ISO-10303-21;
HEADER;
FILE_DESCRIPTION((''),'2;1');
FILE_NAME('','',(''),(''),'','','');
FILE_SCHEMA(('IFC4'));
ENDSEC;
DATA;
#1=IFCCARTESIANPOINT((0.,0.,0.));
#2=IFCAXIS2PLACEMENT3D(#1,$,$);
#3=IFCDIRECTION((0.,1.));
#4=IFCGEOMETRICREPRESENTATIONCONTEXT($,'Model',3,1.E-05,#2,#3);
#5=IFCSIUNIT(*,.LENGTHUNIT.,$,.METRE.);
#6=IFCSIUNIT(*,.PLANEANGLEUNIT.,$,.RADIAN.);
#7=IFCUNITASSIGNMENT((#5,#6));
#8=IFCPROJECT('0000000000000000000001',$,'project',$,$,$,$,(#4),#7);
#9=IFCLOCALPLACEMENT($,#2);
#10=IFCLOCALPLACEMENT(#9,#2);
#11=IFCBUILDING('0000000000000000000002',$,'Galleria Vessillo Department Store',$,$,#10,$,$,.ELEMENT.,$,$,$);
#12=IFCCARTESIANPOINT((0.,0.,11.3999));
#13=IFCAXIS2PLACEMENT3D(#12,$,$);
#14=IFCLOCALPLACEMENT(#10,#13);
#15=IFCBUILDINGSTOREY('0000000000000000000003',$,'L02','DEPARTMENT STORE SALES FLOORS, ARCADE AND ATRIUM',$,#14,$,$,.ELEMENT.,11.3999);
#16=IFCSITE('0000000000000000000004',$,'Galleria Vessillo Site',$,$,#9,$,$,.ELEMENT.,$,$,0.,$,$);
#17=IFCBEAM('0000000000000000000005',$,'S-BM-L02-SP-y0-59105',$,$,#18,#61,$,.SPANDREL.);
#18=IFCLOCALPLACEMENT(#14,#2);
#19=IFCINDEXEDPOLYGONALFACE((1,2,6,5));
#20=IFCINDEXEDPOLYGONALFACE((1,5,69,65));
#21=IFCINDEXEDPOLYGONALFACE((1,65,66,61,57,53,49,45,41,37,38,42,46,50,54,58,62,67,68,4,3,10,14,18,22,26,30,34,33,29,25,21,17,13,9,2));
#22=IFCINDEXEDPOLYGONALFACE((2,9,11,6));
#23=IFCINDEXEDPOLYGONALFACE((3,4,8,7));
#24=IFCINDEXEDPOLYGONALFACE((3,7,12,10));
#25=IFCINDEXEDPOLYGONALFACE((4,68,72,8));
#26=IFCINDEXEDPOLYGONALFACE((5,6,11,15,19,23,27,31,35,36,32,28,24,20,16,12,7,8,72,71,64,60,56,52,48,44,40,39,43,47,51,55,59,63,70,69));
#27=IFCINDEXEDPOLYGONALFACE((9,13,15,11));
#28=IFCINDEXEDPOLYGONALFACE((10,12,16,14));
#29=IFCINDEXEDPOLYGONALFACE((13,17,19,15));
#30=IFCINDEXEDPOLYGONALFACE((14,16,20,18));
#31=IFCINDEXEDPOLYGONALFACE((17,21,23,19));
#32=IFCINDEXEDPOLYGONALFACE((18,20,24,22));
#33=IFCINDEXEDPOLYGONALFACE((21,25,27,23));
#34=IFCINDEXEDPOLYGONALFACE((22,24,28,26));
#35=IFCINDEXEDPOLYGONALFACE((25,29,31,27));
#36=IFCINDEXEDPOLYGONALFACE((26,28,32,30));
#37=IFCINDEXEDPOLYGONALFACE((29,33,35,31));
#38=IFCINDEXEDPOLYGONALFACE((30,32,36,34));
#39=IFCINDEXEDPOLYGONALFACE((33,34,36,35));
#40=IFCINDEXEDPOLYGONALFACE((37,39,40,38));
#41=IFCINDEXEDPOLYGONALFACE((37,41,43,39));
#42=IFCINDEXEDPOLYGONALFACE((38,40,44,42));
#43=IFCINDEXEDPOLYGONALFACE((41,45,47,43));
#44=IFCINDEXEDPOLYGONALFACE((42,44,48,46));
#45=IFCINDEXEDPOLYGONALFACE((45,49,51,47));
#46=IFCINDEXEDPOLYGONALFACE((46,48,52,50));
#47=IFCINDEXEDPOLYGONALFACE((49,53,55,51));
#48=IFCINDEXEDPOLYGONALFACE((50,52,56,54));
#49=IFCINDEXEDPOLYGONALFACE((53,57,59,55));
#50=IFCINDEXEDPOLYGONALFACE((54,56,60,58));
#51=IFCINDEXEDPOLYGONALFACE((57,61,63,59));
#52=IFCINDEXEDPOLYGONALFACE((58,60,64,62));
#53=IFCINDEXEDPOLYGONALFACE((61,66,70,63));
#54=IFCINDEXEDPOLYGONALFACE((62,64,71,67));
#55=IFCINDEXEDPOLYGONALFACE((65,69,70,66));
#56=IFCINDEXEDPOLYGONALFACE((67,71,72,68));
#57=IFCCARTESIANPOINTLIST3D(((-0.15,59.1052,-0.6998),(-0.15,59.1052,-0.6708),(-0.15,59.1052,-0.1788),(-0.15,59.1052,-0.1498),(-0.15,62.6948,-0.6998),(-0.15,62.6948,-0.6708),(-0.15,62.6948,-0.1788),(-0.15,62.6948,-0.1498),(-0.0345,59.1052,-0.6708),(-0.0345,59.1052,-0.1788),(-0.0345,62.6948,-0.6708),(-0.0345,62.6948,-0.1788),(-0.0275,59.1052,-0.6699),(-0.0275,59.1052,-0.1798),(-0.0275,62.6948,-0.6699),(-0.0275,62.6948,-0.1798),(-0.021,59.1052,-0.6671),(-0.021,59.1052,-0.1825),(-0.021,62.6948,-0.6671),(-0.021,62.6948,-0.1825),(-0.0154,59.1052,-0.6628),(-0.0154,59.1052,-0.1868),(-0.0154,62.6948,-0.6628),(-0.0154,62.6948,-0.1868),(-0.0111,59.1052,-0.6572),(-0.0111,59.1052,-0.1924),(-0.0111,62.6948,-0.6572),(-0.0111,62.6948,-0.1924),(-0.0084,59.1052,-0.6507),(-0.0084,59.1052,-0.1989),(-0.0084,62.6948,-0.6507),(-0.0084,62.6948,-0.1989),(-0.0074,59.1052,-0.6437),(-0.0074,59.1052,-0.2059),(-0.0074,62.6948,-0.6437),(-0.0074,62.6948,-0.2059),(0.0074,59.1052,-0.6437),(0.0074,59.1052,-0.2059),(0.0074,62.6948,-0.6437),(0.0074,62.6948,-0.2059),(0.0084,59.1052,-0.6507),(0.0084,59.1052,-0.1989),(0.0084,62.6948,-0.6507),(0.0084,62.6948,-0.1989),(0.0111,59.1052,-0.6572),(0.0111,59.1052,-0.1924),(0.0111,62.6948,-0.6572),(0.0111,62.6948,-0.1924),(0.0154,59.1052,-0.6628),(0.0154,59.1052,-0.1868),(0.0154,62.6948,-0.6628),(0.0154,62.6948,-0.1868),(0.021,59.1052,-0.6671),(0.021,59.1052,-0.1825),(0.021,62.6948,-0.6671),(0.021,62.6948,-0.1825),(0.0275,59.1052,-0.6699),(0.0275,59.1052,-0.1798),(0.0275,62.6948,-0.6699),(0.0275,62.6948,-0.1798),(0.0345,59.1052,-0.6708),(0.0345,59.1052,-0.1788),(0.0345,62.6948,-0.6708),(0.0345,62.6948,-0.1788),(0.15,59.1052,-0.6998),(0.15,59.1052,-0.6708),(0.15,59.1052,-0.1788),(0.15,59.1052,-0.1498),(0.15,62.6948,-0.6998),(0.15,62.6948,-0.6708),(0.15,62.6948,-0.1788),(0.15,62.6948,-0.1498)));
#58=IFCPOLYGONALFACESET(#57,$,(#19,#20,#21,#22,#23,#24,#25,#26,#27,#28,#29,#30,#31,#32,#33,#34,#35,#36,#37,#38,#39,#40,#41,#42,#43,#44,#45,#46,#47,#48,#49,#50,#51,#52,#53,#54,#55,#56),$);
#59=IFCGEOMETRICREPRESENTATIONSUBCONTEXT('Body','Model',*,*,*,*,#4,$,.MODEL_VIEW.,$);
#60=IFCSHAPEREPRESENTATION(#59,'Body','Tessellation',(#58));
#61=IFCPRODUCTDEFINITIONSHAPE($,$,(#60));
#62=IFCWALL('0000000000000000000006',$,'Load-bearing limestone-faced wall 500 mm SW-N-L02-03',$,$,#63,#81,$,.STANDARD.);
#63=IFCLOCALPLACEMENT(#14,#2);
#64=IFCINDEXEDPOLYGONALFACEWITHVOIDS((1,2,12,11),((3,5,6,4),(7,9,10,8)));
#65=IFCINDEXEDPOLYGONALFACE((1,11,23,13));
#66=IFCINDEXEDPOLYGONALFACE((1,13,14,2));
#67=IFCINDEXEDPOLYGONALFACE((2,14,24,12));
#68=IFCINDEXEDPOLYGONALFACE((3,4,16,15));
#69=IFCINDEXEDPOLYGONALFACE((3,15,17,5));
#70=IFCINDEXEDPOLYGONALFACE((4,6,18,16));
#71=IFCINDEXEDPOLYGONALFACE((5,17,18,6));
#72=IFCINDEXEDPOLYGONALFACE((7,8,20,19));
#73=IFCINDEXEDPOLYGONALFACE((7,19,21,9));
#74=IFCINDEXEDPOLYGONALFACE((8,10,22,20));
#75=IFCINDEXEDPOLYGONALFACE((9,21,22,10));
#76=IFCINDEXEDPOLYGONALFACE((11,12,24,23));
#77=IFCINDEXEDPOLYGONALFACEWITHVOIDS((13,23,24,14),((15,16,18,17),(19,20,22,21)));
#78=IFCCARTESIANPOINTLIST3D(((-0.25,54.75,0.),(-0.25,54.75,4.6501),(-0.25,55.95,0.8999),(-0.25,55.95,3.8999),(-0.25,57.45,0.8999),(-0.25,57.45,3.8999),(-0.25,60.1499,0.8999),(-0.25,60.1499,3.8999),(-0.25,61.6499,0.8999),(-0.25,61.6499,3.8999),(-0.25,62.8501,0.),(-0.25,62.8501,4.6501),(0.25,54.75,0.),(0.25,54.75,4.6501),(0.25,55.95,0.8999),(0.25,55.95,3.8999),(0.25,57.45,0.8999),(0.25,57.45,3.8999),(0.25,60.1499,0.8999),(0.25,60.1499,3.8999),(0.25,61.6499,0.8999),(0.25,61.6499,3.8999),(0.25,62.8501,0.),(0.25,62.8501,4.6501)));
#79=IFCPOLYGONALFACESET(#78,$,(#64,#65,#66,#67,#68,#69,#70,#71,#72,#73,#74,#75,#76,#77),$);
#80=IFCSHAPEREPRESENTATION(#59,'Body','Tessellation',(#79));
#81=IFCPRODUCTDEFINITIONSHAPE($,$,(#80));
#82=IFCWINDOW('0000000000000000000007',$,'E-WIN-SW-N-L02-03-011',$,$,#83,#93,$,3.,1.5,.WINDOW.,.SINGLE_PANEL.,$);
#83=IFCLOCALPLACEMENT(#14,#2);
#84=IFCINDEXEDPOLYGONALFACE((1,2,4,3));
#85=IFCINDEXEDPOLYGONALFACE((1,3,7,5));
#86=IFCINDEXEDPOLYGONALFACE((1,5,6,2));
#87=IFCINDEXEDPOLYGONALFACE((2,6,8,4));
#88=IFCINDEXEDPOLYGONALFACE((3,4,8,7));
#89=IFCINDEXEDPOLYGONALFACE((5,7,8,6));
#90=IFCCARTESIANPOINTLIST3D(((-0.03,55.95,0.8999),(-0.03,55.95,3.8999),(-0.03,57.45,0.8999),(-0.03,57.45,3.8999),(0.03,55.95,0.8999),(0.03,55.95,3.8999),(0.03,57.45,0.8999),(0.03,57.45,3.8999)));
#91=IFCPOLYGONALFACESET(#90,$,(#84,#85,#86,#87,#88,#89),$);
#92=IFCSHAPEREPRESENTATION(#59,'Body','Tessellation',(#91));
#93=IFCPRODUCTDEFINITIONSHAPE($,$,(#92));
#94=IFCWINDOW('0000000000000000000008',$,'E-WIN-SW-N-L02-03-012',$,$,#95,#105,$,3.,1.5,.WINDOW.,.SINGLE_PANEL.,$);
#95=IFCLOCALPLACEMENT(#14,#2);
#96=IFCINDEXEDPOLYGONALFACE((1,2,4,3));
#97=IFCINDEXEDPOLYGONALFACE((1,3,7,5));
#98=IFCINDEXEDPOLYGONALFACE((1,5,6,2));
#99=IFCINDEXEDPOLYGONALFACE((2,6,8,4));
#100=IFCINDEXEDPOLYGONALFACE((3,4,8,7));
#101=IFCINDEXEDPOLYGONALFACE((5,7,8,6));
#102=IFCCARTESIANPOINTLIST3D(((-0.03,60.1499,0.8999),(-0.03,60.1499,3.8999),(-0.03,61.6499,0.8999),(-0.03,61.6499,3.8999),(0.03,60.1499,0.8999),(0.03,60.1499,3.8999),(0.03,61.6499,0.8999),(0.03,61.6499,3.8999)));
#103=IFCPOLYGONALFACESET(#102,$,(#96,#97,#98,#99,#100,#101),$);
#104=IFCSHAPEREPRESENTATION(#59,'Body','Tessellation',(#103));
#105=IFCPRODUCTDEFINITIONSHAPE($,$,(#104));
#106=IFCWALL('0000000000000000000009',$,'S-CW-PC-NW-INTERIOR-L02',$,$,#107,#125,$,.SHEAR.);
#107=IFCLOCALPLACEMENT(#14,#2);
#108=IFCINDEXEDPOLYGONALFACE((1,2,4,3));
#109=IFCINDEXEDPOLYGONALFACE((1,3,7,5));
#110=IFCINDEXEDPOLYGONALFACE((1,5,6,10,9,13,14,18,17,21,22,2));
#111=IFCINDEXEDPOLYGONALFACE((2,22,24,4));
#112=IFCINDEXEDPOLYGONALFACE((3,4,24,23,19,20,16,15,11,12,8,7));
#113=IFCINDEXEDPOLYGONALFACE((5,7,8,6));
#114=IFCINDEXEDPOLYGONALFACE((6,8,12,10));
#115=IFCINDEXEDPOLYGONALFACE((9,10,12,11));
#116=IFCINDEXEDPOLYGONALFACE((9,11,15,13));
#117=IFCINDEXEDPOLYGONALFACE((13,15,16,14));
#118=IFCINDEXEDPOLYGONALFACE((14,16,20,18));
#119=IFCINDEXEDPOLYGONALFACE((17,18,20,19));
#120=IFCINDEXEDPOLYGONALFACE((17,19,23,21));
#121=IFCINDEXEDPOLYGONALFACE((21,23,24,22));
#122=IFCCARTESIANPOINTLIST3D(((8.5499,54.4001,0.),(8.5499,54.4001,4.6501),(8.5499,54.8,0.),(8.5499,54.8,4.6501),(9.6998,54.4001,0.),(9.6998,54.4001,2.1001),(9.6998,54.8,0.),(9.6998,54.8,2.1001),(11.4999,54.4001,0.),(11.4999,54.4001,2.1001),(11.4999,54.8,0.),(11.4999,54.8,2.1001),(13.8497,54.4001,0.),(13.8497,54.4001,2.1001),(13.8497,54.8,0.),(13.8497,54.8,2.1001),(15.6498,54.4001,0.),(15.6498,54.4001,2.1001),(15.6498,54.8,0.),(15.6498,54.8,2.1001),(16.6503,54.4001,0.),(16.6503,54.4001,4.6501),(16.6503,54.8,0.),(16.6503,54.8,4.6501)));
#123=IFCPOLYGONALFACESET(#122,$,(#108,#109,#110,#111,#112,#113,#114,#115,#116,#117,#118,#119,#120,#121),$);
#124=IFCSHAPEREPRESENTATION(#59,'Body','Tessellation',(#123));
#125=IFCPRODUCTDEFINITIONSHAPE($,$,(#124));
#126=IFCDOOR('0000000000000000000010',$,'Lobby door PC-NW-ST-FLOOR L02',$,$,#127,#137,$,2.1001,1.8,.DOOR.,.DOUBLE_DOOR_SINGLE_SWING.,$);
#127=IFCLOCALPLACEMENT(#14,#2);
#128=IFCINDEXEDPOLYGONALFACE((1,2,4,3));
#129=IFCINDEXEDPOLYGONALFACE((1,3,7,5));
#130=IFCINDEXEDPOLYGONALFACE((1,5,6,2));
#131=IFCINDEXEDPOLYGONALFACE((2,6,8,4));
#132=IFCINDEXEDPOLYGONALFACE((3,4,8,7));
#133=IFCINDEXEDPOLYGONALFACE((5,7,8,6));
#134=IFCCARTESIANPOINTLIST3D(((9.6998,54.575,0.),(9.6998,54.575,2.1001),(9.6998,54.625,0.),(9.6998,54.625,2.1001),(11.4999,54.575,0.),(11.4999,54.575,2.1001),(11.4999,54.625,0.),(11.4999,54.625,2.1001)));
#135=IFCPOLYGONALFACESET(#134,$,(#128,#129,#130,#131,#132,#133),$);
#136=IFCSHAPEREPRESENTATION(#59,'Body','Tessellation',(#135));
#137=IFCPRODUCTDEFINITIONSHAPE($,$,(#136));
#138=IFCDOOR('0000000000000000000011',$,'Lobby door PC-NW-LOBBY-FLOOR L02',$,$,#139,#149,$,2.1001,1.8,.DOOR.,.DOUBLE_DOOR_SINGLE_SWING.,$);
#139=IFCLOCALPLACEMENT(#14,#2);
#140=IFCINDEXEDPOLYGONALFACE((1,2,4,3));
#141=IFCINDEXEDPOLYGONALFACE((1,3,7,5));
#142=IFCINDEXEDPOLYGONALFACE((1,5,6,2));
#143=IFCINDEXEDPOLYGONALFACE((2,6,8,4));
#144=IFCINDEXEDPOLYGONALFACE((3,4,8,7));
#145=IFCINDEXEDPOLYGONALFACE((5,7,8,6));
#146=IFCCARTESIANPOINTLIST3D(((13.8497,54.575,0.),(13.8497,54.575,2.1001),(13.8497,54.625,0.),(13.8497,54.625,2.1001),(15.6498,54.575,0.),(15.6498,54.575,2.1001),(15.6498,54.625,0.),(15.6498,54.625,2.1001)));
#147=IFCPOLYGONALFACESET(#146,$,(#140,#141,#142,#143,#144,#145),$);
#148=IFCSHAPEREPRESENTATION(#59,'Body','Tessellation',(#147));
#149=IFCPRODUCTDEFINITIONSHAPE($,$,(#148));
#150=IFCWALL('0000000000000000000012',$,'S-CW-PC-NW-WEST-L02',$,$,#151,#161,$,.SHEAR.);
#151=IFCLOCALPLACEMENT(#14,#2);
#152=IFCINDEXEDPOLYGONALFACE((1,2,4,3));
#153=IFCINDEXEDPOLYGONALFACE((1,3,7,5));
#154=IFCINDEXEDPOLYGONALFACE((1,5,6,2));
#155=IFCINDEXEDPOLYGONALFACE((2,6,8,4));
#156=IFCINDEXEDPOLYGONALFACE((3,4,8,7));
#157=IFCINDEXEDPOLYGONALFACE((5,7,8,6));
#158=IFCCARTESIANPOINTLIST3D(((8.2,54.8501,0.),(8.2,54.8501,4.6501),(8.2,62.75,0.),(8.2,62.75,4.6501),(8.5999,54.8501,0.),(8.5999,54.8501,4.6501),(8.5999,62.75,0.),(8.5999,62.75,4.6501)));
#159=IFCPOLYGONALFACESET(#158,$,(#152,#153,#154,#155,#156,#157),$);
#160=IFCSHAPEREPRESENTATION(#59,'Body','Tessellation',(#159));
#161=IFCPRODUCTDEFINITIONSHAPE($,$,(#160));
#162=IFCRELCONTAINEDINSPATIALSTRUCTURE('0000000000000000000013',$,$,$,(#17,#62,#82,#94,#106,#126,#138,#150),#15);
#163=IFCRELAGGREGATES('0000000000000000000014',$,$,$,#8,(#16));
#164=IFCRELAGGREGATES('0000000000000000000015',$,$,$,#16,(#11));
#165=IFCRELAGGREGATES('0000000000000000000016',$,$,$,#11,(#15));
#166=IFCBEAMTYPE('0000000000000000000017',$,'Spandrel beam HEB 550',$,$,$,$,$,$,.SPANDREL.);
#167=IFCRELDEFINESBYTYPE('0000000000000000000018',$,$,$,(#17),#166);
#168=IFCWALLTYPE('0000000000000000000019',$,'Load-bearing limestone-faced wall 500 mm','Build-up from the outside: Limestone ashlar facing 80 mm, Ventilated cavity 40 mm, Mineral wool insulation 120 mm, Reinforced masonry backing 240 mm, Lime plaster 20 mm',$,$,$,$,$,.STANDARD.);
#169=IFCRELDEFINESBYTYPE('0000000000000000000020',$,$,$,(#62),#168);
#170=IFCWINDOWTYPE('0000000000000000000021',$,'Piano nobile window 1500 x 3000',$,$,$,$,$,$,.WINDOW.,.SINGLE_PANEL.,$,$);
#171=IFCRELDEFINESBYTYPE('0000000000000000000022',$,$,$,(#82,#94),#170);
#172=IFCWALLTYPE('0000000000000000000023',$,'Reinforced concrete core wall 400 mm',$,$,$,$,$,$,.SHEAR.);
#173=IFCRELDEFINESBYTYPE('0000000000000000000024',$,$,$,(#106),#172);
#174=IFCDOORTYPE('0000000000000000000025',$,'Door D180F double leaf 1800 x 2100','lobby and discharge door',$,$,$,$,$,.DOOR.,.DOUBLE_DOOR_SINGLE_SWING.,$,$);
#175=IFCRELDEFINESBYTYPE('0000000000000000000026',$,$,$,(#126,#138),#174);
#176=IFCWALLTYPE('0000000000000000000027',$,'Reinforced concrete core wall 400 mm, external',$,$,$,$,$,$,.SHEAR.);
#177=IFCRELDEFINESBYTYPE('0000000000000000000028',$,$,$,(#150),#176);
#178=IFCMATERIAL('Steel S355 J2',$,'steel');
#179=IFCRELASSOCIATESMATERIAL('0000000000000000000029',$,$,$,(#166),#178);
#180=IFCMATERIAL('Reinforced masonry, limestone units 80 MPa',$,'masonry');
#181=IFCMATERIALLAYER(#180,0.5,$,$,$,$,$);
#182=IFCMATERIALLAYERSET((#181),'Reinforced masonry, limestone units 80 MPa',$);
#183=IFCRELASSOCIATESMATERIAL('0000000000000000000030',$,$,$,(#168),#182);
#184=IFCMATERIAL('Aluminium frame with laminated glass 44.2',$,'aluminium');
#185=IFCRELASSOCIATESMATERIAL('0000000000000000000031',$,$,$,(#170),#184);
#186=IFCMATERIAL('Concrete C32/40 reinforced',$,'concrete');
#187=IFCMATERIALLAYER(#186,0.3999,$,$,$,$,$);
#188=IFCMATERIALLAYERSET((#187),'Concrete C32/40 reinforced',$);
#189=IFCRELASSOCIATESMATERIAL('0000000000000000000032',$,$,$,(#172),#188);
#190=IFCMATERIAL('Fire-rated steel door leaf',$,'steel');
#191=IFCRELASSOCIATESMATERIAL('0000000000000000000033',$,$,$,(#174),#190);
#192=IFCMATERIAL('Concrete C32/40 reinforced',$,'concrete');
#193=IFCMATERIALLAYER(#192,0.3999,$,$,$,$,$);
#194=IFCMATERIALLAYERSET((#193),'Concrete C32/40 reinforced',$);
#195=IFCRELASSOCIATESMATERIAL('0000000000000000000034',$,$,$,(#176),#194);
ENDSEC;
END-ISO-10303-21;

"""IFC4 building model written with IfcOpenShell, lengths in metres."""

from ifc_helpers import new_model, si_unit, direction, frame, frame_2d, origin, origin_2d, place, context, subcontext, project, spatial, rectangle, i_section, extrude, material, layer, layer_set, material_profile, profile_set, type_object, element, fill, save


model = new_model("IFC4")

# Units and contexts
model_context = context("Model", 3, precision=1e-05, world=origin(), true_north=direction((0.0, 1.0)))
body_context = subcontext(model_context, "Body", "Model", "MODEL_VIEW")
ifc_project = project(units=[si_unit("LENGTHUNIT", "METRE"), si_unit("PLANEANGLEUNIT", "RADIAN")], contexts=[model_context])

# Site, building, storey
site_placement = place(None, origin())
site = spatial("IfcSite", under=ifc_project, at=site_placement, Name="Galleria Vessillo Site", CompositionType="ELEMENT", RefElevation=0.0)
building_placement = place(site_placement, origin())
building = spatial("IfcBuilding", under=site, at=building_placement, Name="Galleria Vessillo Department Store", CompositionType="ELEMENT")
storey_placement = place(building_placement, frame((0.0, 0.0, 11.3999)))
storey = spatial("IfcBuildingStorey", under=building, at=storey_placement, Name="L02", Description="DEPARTMENT STORE SALES FLOORS, ARCADE AND ATRIUM", CompositionType="ELEMENT", Elevation=11.3999)

# Beam
ifc_material_1 = material(Name="Steel S355 J2", Category="steel")
ifc_material_profile_1 = material_profile(ifc_material_1, i_section(OverallWidth=0.3, OverallDepth=0.55, WebThickness=0.0149, FlangeThickness=0.0291, FilletRadius=0.0271, at=origin_2d()), Name="HEB 550")
ifc_profile_set_1 = profile_set([ifc_material_profile_1], Name="Steel S355 J2")
beam_type_1 = type_object("IfcBeamType", Name="Spandrel beam HEB 550", PredefinedType="SPANDREL", material=ifc_profile_set_1)
beam_1_placement = place(storey_placement, frame((0.0, 59.1052, -0.4248), z_axis=(0.0, 1.0, 0.0), x_axis=(-1.0, 0.0, 0.0)))
element("IfcBeam", 1, at=beam_1_placement, inside=storey, type_object=beam_type_1, Name="S-BM-L02-SP-y0-59105", PredefinedType="SPANDREL", context=body_context, shape_type="SweptSolid", body=[
    extrude(i_section(OverallWidth=0.3, OverallDepth=0.55, WebThickness=0.0149, FlangeThickness=0.0291, FilletRadius=0.0271, at=origin_2d()), origin(), (0.0, 0.0, 1.0), 3.5896),
])

# Wall, openings, windows
ifc_material_2 = material(Name="Reinforced masonry, limestone units 80 MPa", Category="masonry")
ifc_layer_1 = layer(ifc_material_2, 0.5)
ifc_layer_set_1 = layer_set([ifc_layer_1], Name="Reinforced masonry, limestone units 80 MPa")
wall_type_1 = type_object("IfcWallType", Name="Load-bearing limestone-faced wall 500 mm", Description="Build-up from the outside: Limestone ashlar facing 80 mm, Ventilated cavity 40 mm, Mineral wool insulation 120 mm, Reinforced masonry backing 240 mm, Lime plaster 20 mm", PredefinedType="STANDARD", material=ifc_layer_set_1)
wall_1_placement = place(storey_placement, frame((0.0, 54.75, 0.0), z_axis=(0.0, 0.0, 1.0), x_axis=(0.0, 1.0, 0.0)))
wall_1 = element("IfcWall", 2, at=wall_1_placement, inside=storey, type_object=wall_type_1, Name="Load-bearing limestone-faced wall 500 mm SW-N-L02-03", PredefinedType="STANDARD", context=body_context, shape_type="SweptSolid", body=[
    extrude(rectangle(XDim=8.1001, YDim=0.5, at=frame_2d((4.05, 0.0))), origin(), (0.0, 0.0, 1.0), 4.6501),
])
opening_1_placement = place(wall_1_placement, frame((1.2, 0.0, 0.8999)))
opening_1 = element("IfcOpeningElement", 3, at=opening_1_placement, cuts=wall_1, PredefinedType="OPENING", context=body_context, shape_type="SweptSolid", body=[
    extrude(rectangle(XDim=1.5, YDim=3.0, at=frame_2d((0.75, 1.5))), frame((0.0, 0.26, 0.0), z_axis=(0.0, -1.0, 0.0), x_axis=(1.0, 0.0, 0.0)), (0.0, 0.0, 1.0), 0.52),
])
opening_2_placement = place(wall_1_placement, frame((5.3999, 0.0, 0.8999)))
opening_2 = element("IfcOpeningElement", 4, at=opening_2_placement, cuts=wall_1, PredefinedType="OPENING", context=body_context, shape_type="SweptSolid", body=[
    extrude(rectangle(XDim=1.5, YDim=3.0, at=frame_2d((0.75, 1.5))), frame((0.0, 0.26, 0.0), z_axis=(0.0, -1.0, 0.0), x_axis=(1.0, 0.0, 0.0)), (0.0, 0.0, 1.0), 0.52),
])
ifc_material_3 = material(Name="Aluminium frame with laminated glass 44.2", Category="aluminium")
window_type = type_object("IfcWindowType", Name="Piano nobile window 1500 x 3000", PartitioningType="SINGLE_PANEL", PredefinedType="WINDOW", material=ifc_material_3)
window_1_placement = place(opening_1_placement, origin())
window_1 = element("IfcWindow", 5, at=window_1_placement, inside=storey, type_object=window_type, Name="E-WIN-SW-N-L02-03-011", OverallHeight=3.0, OverallWidth=1.5, PartitioningType="SINGLE_PANEL", PredefinedType="WINDOW", context=body_context, shape_type="SweptSolid", body=[
    extrude(rectangle(XDim=1.5, YDim=3.0, at=frame_2d((0.75, 1.5))), frame((0.0, 0.03, 0.0), z_axis=(0.0, -1.0, 0.0), x_axis=(1.0, 0.0, 0.0)), (0.0, 0.0, 1.0), 0.0601),
])
fill(opening_1, window_1)
window_2_placement = place(opening_2_placement, origin())
window_2 = element("IfcWindow", 6, at=window_2_placement, inside=storey, type_object=window_type, Name="E-WIN-SW-N-L02-03-012", OverallHeight=3.0, OverallWidth=1.5, PartitioningType="SINGLE_PANEL", PredefinedType="WINDOW", context=body_context, shape_type="SweptSolid", body=[
    extrude(rectangle(XDim=1.5, YDim=3.0, at=frame_2d((0.75, 1.5))), frame((0.0, 0.03, 0.0), z_axis=(0.0, -1.0, 0.0), x_axis=(1.0, 0.0, 0.0)), (0.0, 0.0, 1.0), 0.0601),
])
fill(opening_2, window_2)

# Wall, openings, doors
ifc_material_4 = material(Name="Concrete C32/40 reinforced", Category="concrete")
ifc_layer_2 = layer(ifc_material_4, 0.3999)
ifc_layer_set_2 = layer_set([ifc_layer_2], Name="Concrete C32/40 reinforced")
wall_type_2 = type_object("IfcWallType", Name="Reinforced concrete core wall 400 mm", PredefinedType="SHEAR", material=ifc_layer_set_2)
wall_2_placement = place(storey_placement, frame((8.5498, 54.6001, 0.0), z_axis=(0.0, 0.0, 1.0), x_axis=(1.0, 0.0, 0.0)))
wall_2 = element("IfcWall", 7, at=wall_2_placement, inside=storey, type_object=wall_type_2, Name="S-CW-PC-NW-INTERIOR-L02", PredefinedType="SHEAR", context=body_context, shape_type="SweptSolid", body=[
    extrude(rectangle(XDim=8.1003, YDim=0.3999, at=frame_2d((4.0503, 0.0))), origin(), (0.0, 0.0, 1.0), 4.6501),
])
opening_3_placement = place(wall_2_placement, frame((1.1501, 0.0, 0.0)))
opening_3 = element("IfcOpeningElement", 8, at=opening_3_placement, cuts=wall_2, PredefinedType="OPENING", context=body_context, shape_type="SweptSolid", body=[
    extrude(rectangle(XDim=1.8, YDim=2.1001, at=frame_2d((0.8999, 1.05))), frame((0.0, 0.21, 0.0), z_axis=(0.0, -1.0, 0.0), x_axis=(1.0, 0.0, 0.0)), (0.0, 0.0, 1.0), 0.4199),
])
opening_4_placement = place(wall_2_placement, frame((5.3, 0.0, 0.0)))
opening_4 = element("IfcOpeningElement", 9, at=opening_4_placement, cuts=wall_2, PredefinedType="OPENING", context=body_context, shape_type="SweptSolid", body=[
    extrude(rectangle(XDim=1.8, YDim=2.1001, at=frame_2d((0.8999, 1.05))), frame((0.0, 0.21, 0.0), z_axis=(0.0, -1.0, 0.0), x_axis=(1.0, 0.0, 0.0)), (0.0, 0.0, 1.0), 0.4199),
])
ifc_material_5 = material(Name="Fire-rated steel door leaf", Category="steel")
door_type_1 = type_object("IfcDoorType", Name="Door D180F double leaf 1800 x 2100", Description="lobby and discharge door", OperationType="DOUBLE_DOOR_SINGLE_SWING", PredefinedType="DOOR", material=ifc_material_5)
door_1_placement = place(opening_3_placement, origin())
door_1 = element("IfcDoor", 10, at=door_1_placement, inside=storey, type_object=door_type_1, Name="Lobby door PC-NW-ST-FLOOR L02", OperationType="DOUBLE_DOOR_SINGLE_SWING", OverallHeight=2.1001, OverallWidth=1.8, PredefinedType="DOOR", context=body_context, shape_type="SweptSolid", body=[
    extrude(rectangle(XDim=1.8, YDim=2.1001, at=frame_2d((0.8999, 1.05))), frame((0.0, 0.0249, 0.0), z_axis=(0.0, -1.0, 0.0), x_axis=(1.0, 0.0, 0.0)), (0.0, 0.0, 1.0), 0.05),
])
fill(opening_3, door_1)
door_2_placement = place(opening_4_placement, origin())
door_2 = element("IfcDoor", 11, at=door_2_placement, inside=storey, type_object=door_type_1, Name="Lobby door PC-NW-LOBBY-FLOOR L02", OperationType="DOUBLE_DOOR_SINGLE_SWING", OverallHeight=2.1001, OverallWidth=1.8, PredefinedType="DOOR", context=body_context, shape_type="SweptSolid", body=[
    extrude(rectangle(XDim=1.8, YDim=2.1001, at=frame_2d((0.8999, 1.05))), frame((0.0, 0.0249, 0.0), z_axis=(0.0, -1.0, 0.0), x_axis=(1.0, 0.0, 0.0)), (0.0, 0.0, 1.0), 0.05),
])
fill(opening_4, door_2)

# Wall
ifc_material_6 = material(Name="Concrete C32/40 reinforced", Category="concrete")
ifc_layer_3 = layer(ifc_material_6, 0.3999)
ifc_layer_set_3 = layer_set([ifc_layer_3], Name="Concrete C32/40 reinforced")
wall_type_3 = type_object("IfcWallType", Name="Reinforced concrete core wall 400 mm, external", PredefinedType="SHEAR", material=ifc_layer_set_3)
wall_3_placement = place(storey_placement, frame((8.3999, 54.8501, 0.0), z_axis=(0.0, 0.0, 1.0), x_axis=(0.0, 1.0, 0.0)))
element("IfcWall", 12, at=wall_3_placement, inside=storey, type_object=wall_type_3, Name="S-CW-PC-NW-WEST-L02", PredefinedType="SHEAR", context=body_context, shape_type="SweptSolid", body=[
    extrude(rectangle(XDim=7.8999, YDim=0.3999, at=frame_2d((3.95, 0.0))), origin(), (0.0, 0.0, 1.0), 4.6501),
])

save(model, "model.ifc")
